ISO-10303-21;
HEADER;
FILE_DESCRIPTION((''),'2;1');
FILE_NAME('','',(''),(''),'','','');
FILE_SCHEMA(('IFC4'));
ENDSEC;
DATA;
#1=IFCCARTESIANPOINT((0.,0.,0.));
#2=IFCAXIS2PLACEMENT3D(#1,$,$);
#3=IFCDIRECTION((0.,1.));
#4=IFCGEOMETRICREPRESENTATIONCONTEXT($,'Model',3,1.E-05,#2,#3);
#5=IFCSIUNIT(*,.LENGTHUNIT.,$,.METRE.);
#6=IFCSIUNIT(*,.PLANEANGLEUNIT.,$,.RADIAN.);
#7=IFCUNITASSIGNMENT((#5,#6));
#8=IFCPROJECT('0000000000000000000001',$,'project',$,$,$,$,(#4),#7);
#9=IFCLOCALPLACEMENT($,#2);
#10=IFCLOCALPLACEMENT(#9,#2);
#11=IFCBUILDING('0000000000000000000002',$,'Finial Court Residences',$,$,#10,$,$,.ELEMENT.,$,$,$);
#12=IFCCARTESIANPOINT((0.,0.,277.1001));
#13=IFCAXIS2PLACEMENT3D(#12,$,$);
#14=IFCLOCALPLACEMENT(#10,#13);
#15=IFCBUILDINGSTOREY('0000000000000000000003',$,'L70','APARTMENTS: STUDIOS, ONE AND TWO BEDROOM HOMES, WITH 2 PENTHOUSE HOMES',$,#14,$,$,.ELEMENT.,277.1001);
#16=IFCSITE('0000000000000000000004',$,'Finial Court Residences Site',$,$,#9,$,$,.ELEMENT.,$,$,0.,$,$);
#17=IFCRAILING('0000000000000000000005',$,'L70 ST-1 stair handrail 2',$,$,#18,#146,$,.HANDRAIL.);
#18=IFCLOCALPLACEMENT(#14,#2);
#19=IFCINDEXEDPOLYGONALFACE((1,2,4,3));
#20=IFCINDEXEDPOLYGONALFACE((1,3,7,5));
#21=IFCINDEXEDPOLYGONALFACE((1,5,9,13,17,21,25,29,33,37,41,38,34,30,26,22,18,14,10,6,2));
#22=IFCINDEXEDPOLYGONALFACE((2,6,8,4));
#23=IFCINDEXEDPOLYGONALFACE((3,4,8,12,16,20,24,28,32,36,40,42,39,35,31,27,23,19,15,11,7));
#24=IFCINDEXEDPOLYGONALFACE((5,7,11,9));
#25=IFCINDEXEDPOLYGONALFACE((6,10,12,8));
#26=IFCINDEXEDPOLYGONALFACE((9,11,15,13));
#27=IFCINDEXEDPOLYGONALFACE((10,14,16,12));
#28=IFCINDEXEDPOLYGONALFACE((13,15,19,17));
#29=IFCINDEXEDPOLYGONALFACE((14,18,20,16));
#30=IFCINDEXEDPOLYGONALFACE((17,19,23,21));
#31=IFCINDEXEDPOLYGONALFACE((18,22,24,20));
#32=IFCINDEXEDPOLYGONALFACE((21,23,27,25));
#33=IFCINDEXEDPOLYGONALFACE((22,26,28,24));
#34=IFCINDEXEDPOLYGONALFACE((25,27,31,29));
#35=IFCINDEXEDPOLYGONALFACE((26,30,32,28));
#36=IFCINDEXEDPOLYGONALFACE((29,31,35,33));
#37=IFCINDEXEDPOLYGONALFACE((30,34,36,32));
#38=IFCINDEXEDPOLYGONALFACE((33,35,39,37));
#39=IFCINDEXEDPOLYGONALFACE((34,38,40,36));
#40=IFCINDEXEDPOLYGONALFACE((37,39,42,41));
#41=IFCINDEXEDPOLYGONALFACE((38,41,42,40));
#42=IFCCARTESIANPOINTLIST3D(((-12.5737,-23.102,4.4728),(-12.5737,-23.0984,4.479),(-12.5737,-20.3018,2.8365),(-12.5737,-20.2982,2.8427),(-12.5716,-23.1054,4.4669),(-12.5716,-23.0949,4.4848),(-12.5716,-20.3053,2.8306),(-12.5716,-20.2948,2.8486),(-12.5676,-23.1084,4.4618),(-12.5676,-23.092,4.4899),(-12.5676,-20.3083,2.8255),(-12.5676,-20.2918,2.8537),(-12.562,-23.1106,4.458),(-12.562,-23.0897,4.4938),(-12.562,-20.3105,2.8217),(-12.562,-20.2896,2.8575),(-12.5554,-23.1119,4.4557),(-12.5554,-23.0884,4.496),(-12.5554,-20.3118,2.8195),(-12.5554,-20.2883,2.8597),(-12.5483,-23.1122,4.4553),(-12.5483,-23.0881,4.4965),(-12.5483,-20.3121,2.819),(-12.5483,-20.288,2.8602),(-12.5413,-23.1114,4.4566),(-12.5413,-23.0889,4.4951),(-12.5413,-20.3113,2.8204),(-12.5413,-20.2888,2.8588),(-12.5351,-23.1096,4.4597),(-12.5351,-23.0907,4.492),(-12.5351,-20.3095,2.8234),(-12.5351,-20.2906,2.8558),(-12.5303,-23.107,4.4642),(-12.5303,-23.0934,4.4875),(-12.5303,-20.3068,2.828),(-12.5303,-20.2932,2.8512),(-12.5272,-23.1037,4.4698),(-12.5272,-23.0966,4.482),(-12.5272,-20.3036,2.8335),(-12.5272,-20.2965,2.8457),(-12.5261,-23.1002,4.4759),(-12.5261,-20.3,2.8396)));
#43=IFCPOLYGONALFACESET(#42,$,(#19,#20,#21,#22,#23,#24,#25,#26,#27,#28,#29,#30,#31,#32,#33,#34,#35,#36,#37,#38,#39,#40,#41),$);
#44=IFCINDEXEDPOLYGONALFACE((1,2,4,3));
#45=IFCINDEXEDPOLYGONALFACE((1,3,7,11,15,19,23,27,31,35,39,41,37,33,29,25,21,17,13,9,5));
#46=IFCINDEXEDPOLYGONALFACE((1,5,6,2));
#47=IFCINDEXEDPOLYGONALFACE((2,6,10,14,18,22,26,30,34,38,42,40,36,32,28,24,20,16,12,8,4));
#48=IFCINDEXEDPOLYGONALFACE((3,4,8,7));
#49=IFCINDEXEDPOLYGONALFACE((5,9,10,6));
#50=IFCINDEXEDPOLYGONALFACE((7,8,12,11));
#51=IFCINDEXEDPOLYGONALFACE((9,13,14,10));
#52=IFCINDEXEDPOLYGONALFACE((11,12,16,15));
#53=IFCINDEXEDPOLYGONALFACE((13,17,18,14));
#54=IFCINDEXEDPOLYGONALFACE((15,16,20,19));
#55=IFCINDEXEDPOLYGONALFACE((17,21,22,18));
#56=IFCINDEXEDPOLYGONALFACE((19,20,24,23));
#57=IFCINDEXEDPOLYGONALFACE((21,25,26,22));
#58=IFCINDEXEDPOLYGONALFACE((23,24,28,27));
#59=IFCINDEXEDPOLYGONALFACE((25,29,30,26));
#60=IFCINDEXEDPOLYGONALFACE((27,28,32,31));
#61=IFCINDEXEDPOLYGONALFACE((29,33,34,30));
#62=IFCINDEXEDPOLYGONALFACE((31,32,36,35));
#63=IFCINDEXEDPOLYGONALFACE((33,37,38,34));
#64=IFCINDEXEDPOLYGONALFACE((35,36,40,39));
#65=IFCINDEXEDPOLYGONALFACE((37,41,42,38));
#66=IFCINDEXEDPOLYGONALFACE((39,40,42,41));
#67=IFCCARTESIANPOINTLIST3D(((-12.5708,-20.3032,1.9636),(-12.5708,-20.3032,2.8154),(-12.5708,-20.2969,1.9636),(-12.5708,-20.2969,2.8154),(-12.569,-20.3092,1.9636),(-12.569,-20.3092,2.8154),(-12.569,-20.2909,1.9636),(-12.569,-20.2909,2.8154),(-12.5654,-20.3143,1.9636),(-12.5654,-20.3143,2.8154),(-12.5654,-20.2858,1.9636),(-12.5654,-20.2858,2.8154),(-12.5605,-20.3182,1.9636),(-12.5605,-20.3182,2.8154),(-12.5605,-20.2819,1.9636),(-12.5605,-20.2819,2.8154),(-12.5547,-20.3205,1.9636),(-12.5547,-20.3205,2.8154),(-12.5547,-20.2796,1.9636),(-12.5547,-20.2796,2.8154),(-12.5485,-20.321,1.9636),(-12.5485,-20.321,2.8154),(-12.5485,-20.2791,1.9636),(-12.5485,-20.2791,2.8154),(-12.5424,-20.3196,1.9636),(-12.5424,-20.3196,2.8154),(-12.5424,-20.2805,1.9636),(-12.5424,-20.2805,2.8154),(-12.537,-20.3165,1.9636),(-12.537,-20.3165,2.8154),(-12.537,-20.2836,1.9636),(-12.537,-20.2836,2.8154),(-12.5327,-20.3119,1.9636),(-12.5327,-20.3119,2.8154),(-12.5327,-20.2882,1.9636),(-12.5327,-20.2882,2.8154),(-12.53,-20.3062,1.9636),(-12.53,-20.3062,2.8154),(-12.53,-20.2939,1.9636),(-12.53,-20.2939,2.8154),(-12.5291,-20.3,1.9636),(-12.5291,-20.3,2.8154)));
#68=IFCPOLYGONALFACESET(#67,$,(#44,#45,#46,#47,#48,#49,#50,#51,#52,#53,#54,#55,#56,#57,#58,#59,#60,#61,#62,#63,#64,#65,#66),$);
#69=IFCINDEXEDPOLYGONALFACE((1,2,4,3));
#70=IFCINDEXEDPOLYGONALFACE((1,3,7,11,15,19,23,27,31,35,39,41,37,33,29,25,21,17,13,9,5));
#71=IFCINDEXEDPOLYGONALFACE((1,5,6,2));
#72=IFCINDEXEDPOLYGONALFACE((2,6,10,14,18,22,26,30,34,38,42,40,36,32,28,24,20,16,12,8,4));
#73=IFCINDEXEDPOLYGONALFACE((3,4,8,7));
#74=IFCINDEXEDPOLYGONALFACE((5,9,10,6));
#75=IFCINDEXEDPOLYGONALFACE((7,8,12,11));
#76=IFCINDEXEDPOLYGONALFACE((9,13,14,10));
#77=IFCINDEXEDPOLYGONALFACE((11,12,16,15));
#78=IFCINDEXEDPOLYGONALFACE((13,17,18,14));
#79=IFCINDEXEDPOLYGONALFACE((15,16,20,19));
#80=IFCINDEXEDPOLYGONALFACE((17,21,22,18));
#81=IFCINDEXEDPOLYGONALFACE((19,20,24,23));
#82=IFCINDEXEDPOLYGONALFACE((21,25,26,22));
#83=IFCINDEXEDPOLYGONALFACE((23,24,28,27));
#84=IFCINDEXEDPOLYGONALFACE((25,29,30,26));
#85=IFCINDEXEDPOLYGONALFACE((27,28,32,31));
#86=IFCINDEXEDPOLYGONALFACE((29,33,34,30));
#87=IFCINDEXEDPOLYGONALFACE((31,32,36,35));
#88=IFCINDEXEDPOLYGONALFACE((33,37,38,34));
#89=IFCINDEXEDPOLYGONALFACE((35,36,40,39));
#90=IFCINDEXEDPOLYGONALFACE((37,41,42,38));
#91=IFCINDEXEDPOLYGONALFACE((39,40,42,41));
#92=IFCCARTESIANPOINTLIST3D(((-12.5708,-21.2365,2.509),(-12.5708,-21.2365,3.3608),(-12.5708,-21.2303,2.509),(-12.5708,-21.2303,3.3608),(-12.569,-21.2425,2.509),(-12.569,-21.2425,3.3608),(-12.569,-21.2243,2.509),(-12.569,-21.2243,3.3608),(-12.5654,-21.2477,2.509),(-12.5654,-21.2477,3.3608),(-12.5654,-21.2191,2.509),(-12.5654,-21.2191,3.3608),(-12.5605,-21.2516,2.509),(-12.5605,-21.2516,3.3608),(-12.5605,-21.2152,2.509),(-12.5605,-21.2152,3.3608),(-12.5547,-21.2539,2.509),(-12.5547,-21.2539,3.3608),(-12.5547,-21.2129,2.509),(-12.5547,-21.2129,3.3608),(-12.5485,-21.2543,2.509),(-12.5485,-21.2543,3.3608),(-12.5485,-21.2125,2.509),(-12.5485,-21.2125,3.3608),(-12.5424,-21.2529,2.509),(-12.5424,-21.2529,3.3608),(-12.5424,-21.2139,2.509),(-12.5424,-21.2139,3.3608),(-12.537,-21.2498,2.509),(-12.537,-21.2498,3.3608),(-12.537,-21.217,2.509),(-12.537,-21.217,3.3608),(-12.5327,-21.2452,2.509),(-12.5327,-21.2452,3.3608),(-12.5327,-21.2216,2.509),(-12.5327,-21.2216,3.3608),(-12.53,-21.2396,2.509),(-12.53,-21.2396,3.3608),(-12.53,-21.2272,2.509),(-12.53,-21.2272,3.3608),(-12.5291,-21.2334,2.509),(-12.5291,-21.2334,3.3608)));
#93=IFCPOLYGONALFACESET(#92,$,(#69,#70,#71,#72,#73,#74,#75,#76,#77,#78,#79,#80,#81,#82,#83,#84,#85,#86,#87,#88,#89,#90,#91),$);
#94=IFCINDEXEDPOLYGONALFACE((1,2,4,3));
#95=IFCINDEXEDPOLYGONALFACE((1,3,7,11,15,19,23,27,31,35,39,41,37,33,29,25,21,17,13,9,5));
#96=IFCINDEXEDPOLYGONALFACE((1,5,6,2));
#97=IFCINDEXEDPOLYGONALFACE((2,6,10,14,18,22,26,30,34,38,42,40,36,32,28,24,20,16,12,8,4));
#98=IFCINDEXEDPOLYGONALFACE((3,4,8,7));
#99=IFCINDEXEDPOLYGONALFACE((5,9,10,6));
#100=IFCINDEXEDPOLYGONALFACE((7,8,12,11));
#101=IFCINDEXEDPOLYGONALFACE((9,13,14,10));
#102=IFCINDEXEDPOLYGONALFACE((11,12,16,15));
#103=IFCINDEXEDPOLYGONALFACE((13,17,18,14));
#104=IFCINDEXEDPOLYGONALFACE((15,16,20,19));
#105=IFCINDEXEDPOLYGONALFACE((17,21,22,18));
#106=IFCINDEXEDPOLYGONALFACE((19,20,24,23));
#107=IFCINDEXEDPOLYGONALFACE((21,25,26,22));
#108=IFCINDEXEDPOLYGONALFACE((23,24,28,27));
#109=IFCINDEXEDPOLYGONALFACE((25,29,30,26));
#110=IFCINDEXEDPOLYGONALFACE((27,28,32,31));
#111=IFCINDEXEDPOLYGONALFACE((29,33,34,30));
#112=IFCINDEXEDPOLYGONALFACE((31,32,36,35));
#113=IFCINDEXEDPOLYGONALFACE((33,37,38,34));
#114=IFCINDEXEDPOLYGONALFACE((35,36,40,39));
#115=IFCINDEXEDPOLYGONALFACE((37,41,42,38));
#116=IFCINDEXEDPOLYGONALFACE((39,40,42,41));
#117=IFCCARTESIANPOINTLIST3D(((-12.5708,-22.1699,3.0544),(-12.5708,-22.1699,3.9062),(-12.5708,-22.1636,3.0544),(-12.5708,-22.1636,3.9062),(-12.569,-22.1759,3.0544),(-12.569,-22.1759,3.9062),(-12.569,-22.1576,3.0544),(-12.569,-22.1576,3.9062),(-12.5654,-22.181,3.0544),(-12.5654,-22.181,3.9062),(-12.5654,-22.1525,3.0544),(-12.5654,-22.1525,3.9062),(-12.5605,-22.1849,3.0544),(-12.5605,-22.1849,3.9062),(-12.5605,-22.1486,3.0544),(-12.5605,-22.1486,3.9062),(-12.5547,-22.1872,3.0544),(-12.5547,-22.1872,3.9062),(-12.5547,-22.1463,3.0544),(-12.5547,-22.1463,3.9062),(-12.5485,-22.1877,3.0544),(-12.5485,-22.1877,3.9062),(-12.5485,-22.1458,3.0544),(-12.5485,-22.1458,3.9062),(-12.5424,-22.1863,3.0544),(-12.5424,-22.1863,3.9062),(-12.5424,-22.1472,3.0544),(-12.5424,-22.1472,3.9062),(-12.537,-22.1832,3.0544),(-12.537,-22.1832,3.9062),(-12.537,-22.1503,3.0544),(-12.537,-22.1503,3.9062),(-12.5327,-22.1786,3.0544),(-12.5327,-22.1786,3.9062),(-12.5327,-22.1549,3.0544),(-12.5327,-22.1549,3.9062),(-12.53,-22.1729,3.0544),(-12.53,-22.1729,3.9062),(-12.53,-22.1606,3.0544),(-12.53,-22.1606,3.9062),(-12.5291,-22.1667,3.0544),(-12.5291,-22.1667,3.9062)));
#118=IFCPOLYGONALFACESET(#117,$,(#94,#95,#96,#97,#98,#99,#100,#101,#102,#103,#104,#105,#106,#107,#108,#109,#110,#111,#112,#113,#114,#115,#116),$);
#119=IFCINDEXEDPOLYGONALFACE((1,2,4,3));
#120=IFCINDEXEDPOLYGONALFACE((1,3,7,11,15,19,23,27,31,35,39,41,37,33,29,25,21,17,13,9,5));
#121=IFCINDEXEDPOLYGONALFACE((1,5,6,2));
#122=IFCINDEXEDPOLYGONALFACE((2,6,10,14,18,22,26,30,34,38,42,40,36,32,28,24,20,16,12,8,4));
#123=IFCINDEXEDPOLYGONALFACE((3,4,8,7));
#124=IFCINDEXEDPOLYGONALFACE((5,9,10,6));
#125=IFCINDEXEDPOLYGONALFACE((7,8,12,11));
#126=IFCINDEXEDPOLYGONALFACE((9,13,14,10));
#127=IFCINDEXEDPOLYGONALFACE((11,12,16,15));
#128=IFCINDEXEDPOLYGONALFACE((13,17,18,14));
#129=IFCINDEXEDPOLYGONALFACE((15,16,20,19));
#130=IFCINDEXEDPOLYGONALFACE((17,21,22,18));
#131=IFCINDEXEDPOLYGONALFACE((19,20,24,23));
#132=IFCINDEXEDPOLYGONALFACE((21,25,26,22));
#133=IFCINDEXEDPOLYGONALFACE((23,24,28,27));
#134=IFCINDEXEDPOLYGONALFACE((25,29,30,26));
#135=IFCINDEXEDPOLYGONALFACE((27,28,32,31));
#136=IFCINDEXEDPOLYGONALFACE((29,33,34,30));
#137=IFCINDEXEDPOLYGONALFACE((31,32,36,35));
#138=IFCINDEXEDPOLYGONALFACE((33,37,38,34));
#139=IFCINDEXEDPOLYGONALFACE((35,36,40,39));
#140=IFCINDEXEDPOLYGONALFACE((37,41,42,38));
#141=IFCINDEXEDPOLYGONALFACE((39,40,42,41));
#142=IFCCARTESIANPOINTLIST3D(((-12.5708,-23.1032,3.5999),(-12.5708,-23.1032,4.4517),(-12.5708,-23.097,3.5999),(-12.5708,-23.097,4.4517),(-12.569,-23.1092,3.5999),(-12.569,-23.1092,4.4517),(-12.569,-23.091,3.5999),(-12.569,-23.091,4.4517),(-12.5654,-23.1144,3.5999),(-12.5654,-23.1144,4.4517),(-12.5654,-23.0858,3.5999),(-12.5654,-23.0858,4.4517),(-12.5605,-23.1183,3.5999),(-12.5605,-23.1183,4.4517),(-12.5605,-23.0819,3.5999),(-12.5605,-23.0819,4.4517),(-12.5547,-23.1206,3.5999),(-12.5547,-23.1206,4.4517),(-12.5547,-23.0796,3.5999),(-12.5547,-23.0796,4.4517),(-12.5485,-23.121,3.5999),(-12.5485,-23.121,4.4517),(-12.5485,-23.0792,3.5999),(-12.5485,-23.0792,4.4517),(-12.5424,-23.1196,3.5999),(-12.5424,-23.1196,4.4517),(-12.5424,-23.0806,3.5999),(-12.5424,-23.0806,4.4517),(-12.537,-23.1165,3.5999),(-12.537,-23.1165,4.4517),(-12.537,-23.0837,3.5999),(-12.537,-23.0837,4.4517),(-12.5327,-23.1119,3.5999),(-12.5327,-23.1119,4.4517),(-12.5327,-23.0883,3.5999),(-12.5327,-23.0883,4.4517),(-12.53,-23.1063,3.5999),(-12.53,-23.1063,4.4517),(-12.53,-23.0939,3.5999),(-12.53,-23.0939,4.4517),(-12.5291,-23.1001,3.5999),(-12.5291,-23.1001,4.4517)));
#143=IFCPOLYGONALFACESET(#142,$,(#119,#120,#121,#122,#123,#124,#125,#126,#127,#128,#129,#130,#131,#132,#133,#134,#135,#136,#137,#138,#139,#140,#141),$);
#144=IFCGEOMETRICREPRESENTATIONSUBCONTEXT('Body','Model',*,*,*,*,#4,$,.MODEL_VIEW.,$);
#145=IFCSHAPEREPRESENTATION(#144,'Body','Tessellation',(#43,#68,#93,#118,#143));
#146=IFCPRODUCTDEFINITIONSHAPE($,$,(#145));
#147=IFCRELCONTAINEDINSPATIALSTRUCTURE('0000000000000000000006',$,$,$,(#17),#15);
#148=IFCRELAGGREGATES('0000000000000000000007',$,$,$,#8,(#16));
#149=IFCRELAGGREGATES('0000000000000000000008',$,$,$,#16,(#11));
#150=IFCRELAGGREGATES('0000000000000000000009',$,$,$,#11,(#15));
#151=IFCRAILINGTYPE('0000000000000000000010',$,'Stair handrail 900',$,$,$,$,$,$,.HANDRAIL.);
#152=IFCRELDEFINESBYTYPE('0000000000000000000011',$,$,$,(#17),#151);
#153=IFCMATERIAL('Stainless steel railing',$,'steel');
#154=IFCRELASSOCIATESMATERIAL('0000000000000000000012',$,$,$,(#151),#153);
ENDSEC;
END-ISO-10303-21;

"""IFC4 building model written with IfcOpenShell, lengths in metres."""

from ifc_helpers import new_model, si_unit, direction, frame, origin, origin_2d, place, context, subcontext, project, spatial, circle, extrude, material, type_object, element, save


model = new_model("IFC4")

# Units and contexts
model_context = context("Model", 3, precision=1e-05, world=origin(), true_north=direction((0.0, 1.0)))
body_context = subcontext(model_context, "Body", "Model", "MODEL_VIEW")
ifc_project = project(units=[si_unit("LENGTHUNIT", "METRE"), si_unit("PLANEANGLEUNIT", "RADIAN")], contexts=[model_context])

# Site, building, storey
site_placement = place(None, origin())
site = spatial("IfcSite", under=ifc_project, at=site_placement, Name="Finial Court Residences Site", CompositionType="ELEMENT", RefElevation=0.0)
building_placement = place(site_placement, origin())
building = spatial("IfcBuilding", under=site, at=building_placement, Name="Finial Court Residences", CompositionType="ELEMENT")
storey_placement = place(building_placement, frame((0.0, 0.0, 277.1001)))
storey = spatial("IfcBuildingStorey", under=building, at=storey_placement, Name="L70", Description="APARTMENTS: STUDIOS, ONE AND TWO BEDROOM HOMES, WITH 2 PENTHOUSE HOMES", CompositionType="ELEMENT", Elevation=277.1001)

# Railing
ifc_material_1 = material(Name="Stainless steel railing", Category="steel")
railing_type_1 = type_object("IfcRailingType", Name="Stair handrail 900", PredefinedType="HANDRAIL", material=ifc_material_1)
railing_1_placement = place(storey_placement, frame((-12.55, -20.3, 1.9636)))
element("IfcRailing", 1, at=railing_1_placement, inside=storey, type_object=railing_type_1, Name="L70 ST-1 stair handrail 2", PredefinedType="HANDRAIL", context=body_context, shape_type="SweptSolid", body=[
    extrude(circle(Radius=0.0239, at=origin_2d()), frame((0.0, 0.0, 0.876), z_axis=(0.0, -0.863394, 0.504531), x_axis=(1.0, 0.0, 0.0)), (0.0, 0.0, 1.0), 3.2432),
    extrude(circle(Radius=0.021, at=origin_2d()), origin(), (0.0, 0.0, 1.0), 0.8518),
    extrude(circle(Radius=0.021, at=origin_2d()), frame((0.0, -0.9333, 0.5454)), (0.0, 0.0, 1.0), 0.8518),
    extrude(circle(Radius=0.021, at=origin_2d()), frame((0.0, -1.8667, 1.0908)), (0.0, 0.0, 1.0), 0.8518),
    extrude(circle(Radius=0.021, at=origin_2d()), frame((0.0, -2.8, 1.6362)), (0.0, 0.0, 1.0), 0.8518),
])

save(model, "model.ifc")
